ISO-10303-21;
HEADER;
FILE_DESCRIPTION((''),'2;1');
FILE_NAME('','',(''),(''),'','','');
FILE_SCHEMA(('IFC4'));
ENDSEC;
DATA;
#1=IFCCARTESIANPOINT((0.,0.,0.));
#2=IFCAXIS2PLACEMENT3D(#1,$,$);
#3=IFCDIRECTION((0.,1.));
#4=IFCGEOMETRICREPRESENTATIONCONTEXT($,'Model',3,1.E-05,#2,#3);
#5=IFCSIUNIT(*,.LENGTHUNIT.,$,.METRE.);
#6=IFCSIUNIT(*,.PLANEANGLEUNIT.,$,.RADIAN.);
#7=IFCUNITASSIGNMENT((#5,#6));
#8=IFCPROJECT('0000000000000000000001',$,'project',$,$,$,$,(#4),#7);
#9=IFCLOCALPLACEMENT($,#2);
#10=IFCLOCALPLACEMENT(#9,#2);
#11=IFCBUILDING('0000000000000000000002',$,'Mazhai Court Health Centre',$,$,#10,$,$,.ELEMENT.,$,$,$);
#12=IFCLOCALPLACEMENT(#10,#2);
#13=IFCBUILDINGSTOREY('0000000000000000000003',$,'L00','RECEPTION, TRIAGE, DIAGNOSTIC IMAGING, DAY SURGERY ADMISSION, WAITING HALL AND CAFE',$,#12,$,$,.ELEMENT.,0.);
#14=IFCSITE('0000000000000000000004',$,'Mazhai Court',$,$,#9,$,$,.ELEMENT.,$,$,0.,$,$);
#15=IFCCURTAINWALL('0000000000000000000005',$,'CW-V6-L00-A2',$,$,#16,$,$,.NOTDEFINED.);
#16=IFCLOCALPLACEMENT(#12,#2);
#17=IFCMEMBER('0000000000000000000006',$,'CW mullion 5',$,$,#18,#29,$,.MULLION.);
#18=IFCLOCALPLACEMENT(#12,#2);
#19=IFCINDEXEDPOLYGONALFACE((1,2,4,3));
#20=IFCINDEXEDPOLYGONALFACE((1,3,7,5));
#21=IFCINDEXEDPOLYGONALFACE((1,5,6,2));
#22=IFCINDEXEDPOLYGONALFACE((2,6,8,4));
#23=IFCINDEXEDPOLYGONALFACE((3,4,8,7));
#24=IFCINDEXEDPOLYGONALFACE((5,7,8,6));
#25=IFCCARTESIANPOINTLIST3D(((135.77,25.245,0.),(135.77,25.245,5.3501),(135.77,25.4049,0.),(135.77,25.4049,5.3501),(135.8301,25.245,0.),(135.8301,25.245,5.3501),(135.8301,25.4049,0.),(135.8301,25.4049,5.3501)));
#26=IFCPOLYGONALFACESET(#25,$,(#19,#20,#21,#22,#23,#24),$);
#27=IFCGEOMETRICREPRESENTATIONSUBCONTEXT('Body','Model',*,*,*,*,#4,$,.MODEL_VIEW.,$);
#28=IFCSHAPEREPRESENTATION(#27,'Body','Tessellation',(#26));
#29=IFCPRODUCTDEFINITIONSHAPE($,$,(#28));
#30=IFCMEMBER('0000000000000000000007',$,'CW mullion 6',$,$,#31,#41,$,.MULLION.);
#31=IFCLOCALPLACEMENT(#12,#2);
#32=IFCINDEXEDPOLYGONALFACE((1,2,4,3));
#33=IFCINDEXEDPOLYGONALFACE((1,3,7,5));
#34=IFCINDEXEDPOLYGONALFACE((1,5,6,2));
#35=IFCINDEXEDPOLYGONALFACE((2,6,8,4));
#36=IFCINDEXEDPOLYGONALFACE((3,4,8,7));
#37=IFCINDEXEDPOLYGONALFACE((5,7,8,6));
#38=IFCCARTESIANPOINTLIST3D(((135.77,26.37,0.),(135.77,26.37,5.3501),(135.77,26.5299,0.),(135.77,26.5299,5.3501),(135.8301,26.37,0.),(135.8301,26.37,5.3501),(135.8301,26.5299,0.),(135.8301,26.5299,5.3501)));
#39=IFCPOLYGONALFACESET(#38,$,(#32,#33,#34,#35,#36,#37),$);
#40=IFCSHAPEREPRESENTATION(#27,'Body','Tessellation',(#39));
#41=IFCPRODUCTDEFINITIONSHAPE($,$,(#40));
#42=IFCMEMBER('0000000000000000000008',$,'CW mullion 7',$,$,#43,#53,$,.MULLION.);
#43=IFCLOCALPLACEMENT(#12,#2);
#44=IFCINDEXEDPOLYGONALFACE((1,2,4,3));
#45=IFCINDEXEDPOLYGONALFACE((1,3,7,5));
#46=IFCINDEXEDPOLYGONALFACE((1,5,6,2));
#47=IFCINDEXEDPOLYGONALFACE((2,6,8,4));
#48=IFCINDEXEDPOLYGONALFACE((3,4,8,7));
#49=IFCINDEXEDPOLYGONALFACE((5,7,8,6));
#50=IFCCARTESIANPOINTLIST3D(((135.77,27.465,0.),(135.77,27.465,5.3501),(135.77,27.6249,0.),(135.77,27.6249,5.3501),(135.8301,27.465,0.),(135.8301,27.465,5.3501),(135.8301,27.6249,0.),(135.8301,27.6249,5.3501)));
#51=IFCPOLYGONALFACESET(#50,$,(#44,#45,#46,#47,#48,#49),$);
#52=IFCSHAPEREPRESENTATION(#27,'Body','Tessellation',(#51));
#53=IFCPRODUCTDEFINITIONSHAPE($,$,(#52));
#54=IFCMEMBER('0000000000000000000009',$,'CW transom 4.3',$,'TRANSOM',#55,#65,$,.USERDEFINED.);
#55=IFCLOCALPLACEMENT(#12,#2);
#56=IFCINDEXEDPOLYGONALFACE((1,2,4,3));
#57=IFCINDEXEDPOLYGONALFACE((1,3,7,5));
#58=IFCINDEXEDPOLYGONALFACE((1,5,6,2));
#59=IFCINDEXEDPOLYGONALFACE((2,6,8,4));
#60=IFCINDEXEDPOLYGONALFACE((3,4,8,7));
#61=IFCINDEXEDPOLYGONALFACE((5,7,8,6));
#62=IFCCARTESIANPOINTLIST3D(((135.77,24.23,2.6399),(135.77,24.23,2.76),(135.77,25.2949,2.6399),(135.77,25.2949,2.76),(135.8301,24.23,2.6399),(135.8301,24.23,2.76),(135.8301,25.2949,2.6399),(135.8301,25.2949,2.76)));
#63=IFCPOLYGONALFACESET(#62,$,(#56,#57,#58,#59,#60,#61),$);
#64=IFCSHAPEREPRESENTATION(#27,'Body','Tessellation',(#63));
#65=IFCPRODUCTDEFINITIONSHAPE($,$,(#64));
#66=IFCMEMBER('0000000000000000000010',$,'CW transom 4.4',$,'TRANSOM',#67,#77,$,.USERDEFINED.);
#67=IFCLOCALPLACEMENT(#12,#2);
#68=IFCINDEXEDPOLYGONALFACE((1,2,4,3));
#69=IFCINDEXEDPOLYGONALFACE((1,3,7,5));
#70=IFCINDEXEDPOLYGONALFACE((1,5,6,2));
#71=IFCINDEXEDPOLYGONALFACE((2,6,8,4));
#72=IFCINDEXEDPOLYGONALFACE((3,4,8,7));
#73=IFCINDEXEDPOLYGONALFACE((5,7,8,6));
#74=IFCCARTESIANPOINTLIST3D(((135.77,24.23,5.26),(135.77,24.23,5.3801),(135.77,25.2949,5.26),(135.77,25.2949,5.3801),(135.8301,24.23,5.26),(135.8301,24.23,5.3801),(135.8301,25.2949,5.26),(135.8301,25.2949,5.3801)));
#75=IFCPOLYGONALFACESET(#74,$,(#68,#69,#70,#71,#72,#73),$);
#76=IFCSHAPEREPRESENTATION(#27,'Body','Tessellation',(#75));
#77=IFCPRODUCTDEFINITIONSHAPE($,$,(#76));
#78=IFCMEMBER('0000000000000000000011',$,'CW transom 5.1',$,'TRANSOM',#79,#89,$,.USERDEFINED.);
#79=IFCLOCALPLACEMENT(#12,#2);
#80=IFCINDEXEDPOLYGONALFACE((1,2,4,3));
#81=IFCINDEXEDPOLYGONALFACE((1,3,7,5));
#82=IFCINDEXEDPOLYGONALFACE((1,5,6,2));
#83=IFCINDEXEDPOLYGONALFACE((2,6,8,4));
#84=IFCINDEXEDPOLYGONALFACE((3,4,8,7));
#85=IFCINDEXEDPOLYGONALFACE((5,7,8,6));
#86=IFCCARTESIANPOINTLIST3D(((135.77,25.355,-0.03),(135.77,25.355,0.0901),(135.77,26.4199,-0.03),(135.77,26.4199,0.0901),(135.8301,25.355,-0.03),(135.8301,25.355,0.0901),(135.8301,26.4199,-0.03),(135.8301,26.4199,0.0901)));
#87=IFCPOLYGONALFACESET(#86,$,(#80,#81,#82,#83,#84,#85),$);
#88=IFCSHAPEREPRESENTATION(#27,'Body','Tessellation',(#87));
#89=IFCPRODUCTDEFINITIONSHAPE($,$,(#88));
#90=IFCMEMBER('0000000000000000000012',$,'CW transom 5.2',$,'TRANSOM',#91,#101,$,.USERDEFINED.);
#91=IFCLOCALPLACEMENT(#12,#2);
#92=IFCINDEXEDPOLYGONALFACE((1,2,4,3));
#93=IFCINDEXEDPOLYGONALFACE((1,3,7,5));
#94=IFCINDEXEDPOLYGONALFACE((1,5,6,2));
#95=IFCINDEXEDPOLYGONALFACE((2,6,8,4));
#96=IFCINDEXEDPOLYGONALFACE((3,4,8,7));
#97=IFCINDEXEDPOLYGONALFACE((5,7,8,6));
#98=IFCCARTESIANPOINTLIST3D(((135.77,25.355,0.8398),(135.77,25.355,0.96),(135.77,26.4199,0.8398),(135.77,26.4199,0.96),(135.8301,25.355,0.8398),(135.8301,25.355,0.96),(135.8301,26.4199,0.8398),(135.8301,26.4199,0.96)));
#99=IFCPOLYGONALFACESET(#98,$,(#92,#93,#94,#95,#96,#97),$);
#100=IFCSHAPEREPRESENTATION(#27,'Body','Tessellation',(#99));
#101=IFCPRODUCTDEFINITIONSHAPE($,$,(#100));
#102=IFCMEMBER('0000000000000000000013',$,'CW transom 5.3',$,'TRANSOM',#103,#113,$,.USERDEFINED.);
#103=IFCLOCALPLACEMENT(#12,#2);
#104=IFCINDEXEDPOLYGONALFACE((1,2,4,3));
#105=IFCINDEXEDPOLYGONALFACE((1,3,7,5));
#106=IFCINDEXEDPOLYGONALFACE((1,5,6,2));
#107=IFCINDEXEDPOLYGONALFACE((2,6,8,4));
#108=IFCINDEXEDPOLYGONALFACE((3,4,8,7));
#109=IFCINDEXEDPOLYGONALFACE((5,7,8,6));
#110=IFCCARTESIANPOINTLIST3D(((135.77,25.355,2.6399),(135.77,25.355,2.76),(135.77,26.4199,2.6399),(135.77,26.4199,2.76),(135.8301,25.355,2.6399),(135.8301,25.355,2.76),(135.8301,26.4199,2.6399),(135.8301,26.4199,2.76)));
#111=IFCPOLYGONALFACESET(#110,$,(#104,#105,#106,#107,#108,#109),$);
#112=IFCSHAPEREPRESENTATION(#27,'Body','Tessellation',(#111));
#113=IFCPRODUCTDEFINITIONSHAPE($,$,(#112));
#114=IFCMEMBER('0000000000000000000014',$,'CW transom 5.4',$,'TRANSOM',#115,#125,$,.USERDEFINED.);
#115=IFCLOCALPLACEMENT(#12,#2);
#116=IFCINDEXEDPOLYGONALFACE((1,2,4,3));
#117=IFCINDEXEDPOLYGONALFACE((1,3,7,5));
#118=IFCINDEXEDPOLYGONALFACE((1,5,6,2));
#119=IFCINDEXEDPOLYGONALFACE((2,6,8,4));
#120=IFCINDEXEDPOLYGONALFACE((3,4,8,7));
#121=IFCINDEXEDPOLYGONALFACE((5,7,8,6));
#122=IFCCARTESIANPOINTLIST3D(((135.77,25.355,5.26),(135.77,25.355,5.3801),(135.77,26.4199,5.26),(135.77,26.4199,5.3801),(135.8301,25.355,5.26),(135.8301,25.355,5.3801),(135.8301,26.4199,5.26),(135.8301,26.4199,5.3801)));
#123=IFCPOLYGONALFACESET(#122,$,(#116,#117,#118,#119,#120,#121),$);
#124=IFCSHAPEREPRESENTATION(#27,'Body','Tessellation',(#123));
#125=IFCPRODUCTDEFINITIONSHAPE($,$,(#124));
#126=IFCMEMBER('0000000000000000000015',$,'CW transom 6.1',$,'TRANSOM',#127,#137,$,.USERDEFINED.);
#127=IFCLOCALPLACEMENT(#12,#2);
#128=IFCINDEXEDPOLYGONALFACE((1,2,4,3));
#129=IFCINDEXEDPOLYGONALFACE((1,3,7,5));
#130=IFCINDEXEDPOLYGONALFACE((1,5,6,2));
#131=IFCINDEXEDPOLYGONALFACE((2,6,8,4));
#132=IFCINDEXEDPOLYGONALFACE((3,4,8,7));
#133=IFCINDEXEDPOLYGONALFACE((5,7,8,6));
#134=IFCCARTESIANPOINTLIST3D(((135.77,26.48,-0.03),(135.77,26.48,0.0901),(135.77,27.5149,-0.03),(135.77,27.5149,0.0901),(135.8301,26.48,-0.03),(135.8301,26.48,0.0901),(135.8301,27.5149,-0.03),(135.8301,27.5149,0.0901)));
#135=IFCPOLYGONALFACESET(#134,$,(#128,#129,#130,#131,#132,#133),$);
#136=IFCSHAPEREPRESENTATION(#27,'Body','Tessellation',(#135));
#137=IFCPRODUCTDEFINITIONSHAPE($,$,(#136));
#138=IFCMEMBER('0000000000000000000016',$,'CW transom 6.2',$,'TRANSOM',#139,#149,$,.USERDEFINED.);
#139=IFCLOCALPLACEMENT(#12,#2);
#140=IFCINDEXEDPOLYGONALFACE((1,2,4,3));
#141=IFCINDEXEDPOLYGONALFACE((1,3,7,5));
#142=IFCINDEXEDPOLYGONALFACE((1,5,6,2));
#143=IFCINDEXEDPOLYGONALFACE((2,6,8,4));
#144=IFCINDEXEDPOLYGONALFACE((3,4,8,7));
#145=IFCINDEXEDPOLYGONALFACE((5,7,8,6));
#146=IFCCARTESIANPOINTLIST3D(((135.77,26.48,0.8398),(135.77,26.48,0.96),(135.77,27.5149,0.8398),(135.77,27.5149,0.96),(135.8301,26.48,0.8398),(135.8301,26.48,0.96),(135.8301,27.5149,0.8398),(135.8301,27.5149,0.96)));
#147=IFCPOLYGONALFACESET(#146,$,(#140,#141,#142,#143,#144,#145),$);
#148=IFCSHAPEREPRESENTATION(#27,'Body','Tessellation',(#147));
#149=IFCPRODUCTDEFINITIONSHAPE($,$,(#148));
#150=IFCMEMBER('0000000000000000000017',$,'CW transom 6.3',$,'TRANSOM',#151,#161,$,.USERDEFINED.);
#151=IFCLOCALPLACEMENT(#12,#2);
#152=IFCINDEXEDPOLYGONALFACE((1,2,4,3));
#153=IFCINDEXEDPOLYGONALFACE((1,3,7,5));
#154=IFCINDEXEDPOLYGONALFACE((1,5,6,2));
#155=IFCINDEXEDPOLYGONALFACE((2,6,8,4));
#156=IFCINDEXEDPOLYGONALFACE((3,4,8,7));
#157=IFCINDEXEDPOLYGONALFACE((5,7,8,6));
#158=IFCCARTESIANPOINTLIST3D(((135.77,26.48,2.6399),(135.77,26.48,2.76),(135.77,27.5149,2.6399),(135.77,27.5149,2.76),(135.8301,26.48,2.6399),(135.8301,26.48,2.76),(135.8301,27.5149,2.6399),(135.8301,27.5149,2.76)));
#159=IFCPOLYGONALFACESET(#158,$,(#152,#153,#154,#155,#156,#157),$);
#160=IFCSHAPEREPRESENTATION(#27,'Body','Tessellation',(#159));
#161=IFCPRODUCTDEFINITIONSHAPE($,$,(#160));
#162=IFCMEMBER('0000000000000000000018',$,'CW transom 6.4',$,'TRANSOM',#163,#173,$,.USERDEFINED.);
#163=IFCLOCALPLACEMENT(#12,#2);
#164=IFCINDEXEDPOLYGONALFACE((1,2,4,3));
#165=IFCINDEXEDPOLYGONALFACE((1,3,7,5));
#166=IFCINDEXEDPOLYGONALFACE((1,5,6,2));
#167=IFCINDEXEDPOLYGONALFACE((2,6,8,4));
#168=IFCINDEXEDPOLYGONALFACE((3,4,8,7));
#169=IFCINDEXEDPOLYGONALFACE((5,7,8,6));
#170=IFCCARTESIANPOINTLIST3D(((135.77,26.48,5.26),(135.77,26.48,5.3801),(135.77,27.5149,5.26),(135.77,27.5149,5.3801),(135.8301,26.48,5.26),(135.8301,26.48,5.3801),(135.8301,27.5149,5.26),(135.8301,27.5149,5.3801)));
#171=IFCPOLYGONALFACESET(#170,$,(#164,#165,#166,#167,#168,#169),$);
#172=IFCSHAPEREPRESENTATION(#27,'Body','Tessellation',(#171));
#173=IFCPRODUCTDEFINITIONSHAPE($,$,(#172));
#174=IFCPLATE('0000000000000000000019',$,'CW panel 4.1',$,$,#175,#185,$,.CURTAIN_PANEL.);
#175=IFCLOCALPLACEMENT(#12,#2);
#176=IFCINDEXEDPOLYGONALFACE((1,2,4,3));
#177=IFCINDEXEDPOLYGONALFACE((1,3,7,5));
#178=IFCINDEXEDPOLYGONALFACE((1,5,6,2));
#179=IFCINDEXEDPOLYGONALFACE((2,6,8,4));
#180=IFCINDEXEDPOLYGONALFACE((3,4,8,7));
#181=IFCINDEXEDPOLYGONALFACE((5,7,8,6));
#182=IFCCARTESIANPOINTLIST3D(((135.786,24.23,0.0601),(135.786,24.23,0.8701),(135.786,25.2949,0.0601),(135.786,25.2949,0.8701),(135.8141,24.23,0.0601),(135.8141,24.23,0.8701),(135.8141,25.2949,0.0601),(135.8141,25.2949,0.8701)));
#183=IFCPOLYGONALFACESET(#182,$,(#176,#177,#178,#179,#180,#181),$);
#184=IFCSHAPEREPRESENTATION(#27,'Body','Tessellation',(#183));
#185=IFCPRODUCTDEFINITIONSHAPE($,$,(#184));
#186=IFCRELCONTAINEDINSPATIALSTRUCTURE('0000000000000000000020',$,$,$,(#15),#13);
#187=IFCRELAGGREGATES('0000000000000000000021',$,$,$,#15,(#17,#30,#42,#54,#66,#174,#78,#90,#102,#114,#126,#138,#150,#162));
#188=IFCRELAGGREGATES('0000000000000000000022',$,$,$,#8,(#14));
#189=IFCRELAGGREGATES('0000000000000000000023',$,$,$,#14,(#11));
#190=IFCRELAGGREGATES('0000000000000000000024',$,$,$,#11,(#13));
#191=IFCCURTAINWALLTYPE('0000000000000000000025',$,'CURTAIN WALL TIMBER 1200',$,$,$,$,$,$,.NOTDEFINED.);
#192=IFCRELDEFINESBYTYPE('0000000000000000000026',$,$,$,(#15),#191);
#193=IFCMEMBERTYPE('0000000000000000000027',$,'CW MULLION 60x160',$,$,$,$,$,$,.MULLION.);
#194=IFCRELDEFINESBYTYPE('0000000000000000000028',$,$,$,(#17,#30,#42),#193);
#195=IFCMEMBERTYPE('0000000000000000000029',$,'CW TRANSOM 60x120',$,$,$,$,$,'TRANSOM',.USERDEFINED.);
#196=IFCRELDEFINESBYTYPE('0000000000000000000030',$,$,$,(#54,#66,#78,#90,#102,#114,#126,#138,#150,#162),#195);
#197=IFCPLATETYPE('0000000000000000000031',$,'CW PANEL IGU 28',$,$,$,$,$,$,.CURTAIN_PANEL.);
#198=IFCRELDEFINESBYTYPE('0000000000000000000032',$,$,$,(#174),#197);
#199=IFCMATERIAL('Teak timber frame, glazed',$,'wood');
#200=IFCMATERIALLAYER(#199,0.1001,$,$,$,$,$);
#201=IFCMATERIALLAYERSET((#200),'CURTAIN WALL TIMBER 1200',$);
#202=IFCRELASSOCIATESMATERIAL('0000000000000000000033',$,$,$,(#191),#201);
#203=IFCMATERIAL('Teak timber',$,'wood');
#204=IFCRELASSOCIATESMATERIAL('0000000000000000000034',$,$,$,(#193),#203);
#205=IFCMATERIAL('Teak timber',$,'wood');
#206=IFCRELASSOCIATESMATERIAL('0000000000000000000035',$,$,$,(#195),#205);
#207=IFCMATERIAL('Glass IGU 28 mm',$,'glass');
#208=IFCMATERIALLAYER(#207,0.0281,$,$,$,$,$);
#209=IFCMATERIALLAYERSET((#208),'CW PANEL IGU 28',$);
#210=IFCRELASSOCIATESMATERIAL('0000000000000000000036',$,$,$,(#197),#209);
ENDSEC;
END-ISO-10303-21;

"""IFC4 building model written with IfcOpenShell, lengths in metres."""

from ifc_helpers import new_model, si_unit, direction, frame, origin, origin_2d, place, context, subcontext, project, spatial, rectangle, extrude, material, layer, layer_set, material_profile, profile_set, type_object, element, aggregate, save


model = new_model("IFC4")

# Units and contexts
model_context = context("Model", 3, precision=1e-05, world=origin(), true_north=direction((0.0, 1.0)))
body_context = subcontext(model_context, "Body", "Model", "MODEL_VIEW")
ifc_project = project(units=[si_unit("LENGTHUNIT", "METRE"), si_unit("PLANEANGLEUNIT", "RADIAN")], contexts=[model_context])

# Site, building, storey
site_placement = place(None, origin())
site = spatial("IfcSite", under=ifc_project, at=site_placement, Name="Mazhai Court", CompositionType="ELEMENT", RefElevation=0.0)
building_placement = place(site_placement, origin())
building = spatial("IfcBuilding", under=site, at=building_placement, Name="Mazhai Court Health Centre", CompositionType="ELEMENT")
storey_placement = place(building_placement, origin())
storey = spatial("IfcBuildingStorey", under=building, at=storey_placement, Name="L00", Description="RECEPTION, TRIAGE, DIAGNOSTIC IMAGING, DAY SURGERY ADMISSION, WAITING HALL AND CAFE", CompositionType="ELEMENT", Elevation=0.0)

# Curtain wall, members, plate
ifc_material_1 = material(Name="Teak timber frame, glazed", Category="wood")
ifc_layer_1 = layer(ifc_material_1, 0.1001)
ifc_layer_set_1 = layer_set([ifc_layer_1], Name="CURTAIN WALL TIMBER 1200")
curtain_wall_type = type_object("IfcCurtainWallType", Name="CURTAIN WALL TIMBER 1200", PredefinedType="NOTDEFINED", material=ifc_layer_set_1)
curtain_wall_placement = place(storey_placement, origin())
curtain_wall = element("IfcCurtainWall", 1, at=curtain_wall_placement, inside=storey, type_object=curtain_wall_type, Name="CW-V6-L00-A2", PredefinedType="NOTDEFINED")
ifc_material_2 = material(Name="Teak timber", Category="wood")
ifc_material_profile_1 = material_profile(ifc_material_2, rectangle(XDim=0.0601, YDim=0.1599, at=origin_2d()), Name="CW MULLION 60x160")
ifc_profile_set_1 = profile_set([ifc_material_profile_1], Name="Teak timber")
member_type_1 = type_object("IfcMemberType", Name="CW MULLION 60x160", PredefinedType="MULLION", material=ifc_profile_set_1)
member_1_placement = place(storey_placement, frame((135.8, 25.325, 0.0), z_axis=(0.0, 0.0, 1.0), x_axis=(-1.0, 0.0, 0.0)))
member_1 = element("IfcMember", 2, at=member_1_placement, type_object=member_type_1, Name="CW mullion 5", PredefinedType="MULLION", context=body_context, shape_type="SweptSolid", body=[
    extrude(rectangle(XDim=0.0601, YDim=0.1599, at=origin_2d()), origin(), (0.0, 0.0, 1.0), 5.3501),
])
member_2_placement = place(storey_placement, frame((135.8, 26.45, 0.0), z_axis=(0.0, 0.0, 1.0), x_axis=(-1.0, 0.0, 0.0)))
member_2 = element("IfcMember", 3, at=member_2_placement, type_object=member_type_1, Name="CW mullion 6", PredefinedType="MULLION", context=body_context, shape_type="SweptSolid", body=[
    extrude(rectangle(XDim=0.0601, YDim=0.1599, at=origin_2d()), origin(), (0.0, 0.0, 1.0), 5.3501),
])
member_3_placement = place(storey_placement, frame((135.8, 27.5449, 0.0), z_axis=(0.0, 0.0, 1.0), x_axis=(-1.0, 0.0, 0.0)))
member_3 = element("IfcMember", 4, at=member_3_placement, type_object=member_type_1, Name="CW mullion 7", PredefinedType="MULLION", context=body_context, shape_type="SweptSolid", body=[
    extrude(rectangle(XDim=0.0601, YDim=0.1599, at=origin_2d()), origin(), (0.0, 0.0, 1.0), 5.3501),
])
ifc_material_3 = material(Name="Teak timber", Category="wood")
ifc_material_profile_2 = material_profile(ifc_material_3, rectangle(XDim=0.0601, YDim=0.1201, at=origin_2d()), Name="CW TRANSOM 60x120")
ifc_profile_set_2 = profile_set([ifc_material_profile_2], Name="Teak timber")
member_type_2 = type_object("IfcMemberType", Name="CW TRANSOM 60x120", ElementType="TRANSOM", PredefinedType="USERDEFINED", material=ifc_profile_set_2)
member_4_placement = place(storey_placement, frame((135.8, 24.23, 2.7), z_axis=(0.0, 1.0, 0.0), x_axis=(-1.0, 0.0, 0.0)))
member_4 = element("IfcMember", 5, at=member_4_placement, type_object=member_type_2, Name="CW transom 4.3", ObjectType="TRANSOM", PredefinedType="USERDEFINED", context=body_context, shape_type="SweptSolid", body=[
    extrude(rectangle(XDim=0.0601, YDim=0.1201, at=origin_2d()), origin(), (0.0, 0.0, 1.0), 1.0649),
])
member_5_placement = place(storey_placement, frame((135.8, 24.23, 5.3201), z_axis=(0.0, 1.0, 0.0), x_axis=(-1.0, 0.0, 0.0)))
member_5 = element("IfcMember", 6, at=member_5_placement, type_object=member_type_2, Name="CW transom 4.4", ObjectType="TRANSOM", PredefinedType="USERDEFINED", context=body_context, shape_type="SweptSolid", body=[
    extrude(rectangle(XDim=0.0601, YDim=0.1201, at=origin_2d()), origin(), (0.0, 0.0, 1.0), 1.0649),
])
member_6_placement = place(storey_placement, frame((135.8, 25.355, 0.03), z_axis=(0.0, 1.0, 0.0), x_axis=(-1.0, 0.0, 0.0)))
member_6 = element("IfcMember", 7, at=member_6_placement, type_object=member_type_2, Name="CW transom 5.1", ObjectType="TRANSOM", PredefinedType="USERDEFINED", context=body_context, shape_type="SweptSolid", body=[
    extrude(rectangle(XDim=0.0601, YDim=0.1201, at=origin_2d()), origin(), (0.0, 0.0, 1.0), 1.0649),
])
member_7_placement = place(storey_placement, frame((135.8, 25.355, 0.8999), z_axis=(0.0, 1.0, 0.0), x_axis=(-1.0, 0.0, 0.0)))
member_7 = element("IfcMember", 8, at=member_7_placement, type_object=member_type_2, Name="CW transom 5.2", ObjectType="TRANSOM", PredefinedType="USERDEFINED", context=body_context, shape_type="SweptSolid", body=[
    extrude(rectangle(XDim=0.0601, YDim=0.1201, at=origin_2d()), origin(), (0.0, 0.0, 1.0), 1.0649),
])
member_8_placement = place(storey_placement, frame((135.8, 25.355, 2.7), z_axis=(0.0, 1.0, 0.0), x_axis=(-1.0, 0.0, 0.0)))
member_8 = element("IfcMember", 9, at=member_8_placement, type_object=member_type_2, Name="CW transom 5.3", ObjectType="TRANSOM", PredefinedType="USERDEFINED", context=body_context, shape_type="SweptSolid", body=[
    extrude(rectangle(XDim=0.0601, YDim=0.1201, at=origin_2d()), origin(), (0.0, 0.0, 1.0), 1.0649),
])
member_9_placement = place(storey_placement, frame((135.8, 25.355, 5.3201), z_axis=(0.0, 1.0, 0.0), x_axis=(-1.0, 0.0, 0.0)))
member_9 = element("IfcMember", 10, at=member_9_placement, type_object=member_type_2, Name="CW transom 5.4", ObjectType="TRANSOM", PredefinedType="USERDEFINED", context=body_context, shape_type="SweptSolid", body=[
    extrude(rectangle(XDim=0.0601, YDim=0.1201, at=origin_2d()), origin(), (0.0, 0.0, 1.0), 1.0649),
])
member_10_placement = place(storey_placement, frame((135.8, 26.48, 0.03), z_axis=(0.0, 1.0, 0.0), x_axis=(-1.0, 0.0, 0.0)))
member_10 = element("IfcMember", 11, at=member_10_placement, type_object=member_type_2, Name="CW transom 6.1", ObjectType="TRANSOM", PredefinedType="USERDEFINED", context=body_context, shape_type="SweptSolid", body=[
    extrude(rectangle(XDim=0.0601, YDim=0.1201, at=origin_2d()), origin(), (0.0, 0.0, 1.0), 1.0349),
])
member_11_placement = place(storey_placement, frame((135.8, 26.48, 0.8999), z_axis=(0.0, 1.0, 0.0), x_axis=(-1.0, 0.0, 0.0)))
member_11 = element("IfcMember", 12, at=member_11_placement, type_object=member_type_2, Name="CW transom 6.2", ObjectType="TRANSOM", PredefinedType="USERDEFINED", context=body_context, shape_type="SweptSolid", body=[
    extrude(rectangle(XDim=0.0601, YDim=0.1201, at=origin_2d()), origin(), (0.0, 0.0, 1.0), 1.0349),
])
member_12_placement = place(storey_placement, frame((135.8, 26.48, 2.7), z_axis=(0.0, 1.0, 0.0), x_axis=(-1.0, 0.0, 0.0)))
member_12 = element("IfcMember", 13, at=member_12_placement, type_object=member_type_2, Name="CW transom 6.3", ObjectType="TRANSOM", PredefinedType="USERDEFINED", context=body_context, shape_type="SweptSolid", body=[
    extrude(rectangle(XDim=0.0601, YDim=0.1201, at=origin_2d()), origin(), (0.0, 0.0, 1.0), 1.0349),
])
member_13_placement = place(storey_placement, frame((135.8, 26.48, 5.3201), z_axis=(0.0, 1.0, 0.0), x_axis=(-1.0, 0.0, 0.0)))
member_13 = element("IfcMember", 14, at=member_13_placement, type_object=member_type_2, Name="CW transom 6.4", ObjectType="TRANSOM", PredefinedType="USERDEFINED", context=body_context, shape_type="SweptSolid", body=[
    extrude(rectangle(XDim=0.0601, YDim=0.1201, at=origin_2d()), origin(), (0.0, 0.0, 1.0), 1.0349),
])
ifc_material_4 = material(Name="Glass IGU 28 mm", Category="glass")
ifc_layer_2 = layer(ifc_material_4, 0.0281)
ifc_layer_set_2 = layer_set([ifc_layer_2], Name="CW PANEL IGU 28")
plate_type = type_object("IfcPlateType", Name="CW PANEL IGU 28", PredefinedType="CURTAIN_PANEL", material=ifc_layer_set_2)
plate_1_placement = place(storey_placement, frame((135.8, 24.7625, 0.0601), z_axis=(0.0, 0.0, 1.0), x_axis=(0.0, 1.0, 0.0)))
plate_1 = element("IfcPlate", 15, at=plate_1_placement, type_object=plate_type, Name="CW panel 4.1", PredefinedType="CURTAIN_PANEL", context=body_context, shape_type="SweptSolid", body=[
    extrude(rectangle(XDim=1.0649, YDim=0.0281, at=origin_2d()), origin(), (0.0, 0.0, 1.0), 0.8101),
])
aggregate(curtain_wall, [member_1, member_2, member_3, member_4, member_5, plate_1, member_6, member_7, member_8, member_9, member_10, member_11, member_12, member_13])

save(model, "model.ifc")
